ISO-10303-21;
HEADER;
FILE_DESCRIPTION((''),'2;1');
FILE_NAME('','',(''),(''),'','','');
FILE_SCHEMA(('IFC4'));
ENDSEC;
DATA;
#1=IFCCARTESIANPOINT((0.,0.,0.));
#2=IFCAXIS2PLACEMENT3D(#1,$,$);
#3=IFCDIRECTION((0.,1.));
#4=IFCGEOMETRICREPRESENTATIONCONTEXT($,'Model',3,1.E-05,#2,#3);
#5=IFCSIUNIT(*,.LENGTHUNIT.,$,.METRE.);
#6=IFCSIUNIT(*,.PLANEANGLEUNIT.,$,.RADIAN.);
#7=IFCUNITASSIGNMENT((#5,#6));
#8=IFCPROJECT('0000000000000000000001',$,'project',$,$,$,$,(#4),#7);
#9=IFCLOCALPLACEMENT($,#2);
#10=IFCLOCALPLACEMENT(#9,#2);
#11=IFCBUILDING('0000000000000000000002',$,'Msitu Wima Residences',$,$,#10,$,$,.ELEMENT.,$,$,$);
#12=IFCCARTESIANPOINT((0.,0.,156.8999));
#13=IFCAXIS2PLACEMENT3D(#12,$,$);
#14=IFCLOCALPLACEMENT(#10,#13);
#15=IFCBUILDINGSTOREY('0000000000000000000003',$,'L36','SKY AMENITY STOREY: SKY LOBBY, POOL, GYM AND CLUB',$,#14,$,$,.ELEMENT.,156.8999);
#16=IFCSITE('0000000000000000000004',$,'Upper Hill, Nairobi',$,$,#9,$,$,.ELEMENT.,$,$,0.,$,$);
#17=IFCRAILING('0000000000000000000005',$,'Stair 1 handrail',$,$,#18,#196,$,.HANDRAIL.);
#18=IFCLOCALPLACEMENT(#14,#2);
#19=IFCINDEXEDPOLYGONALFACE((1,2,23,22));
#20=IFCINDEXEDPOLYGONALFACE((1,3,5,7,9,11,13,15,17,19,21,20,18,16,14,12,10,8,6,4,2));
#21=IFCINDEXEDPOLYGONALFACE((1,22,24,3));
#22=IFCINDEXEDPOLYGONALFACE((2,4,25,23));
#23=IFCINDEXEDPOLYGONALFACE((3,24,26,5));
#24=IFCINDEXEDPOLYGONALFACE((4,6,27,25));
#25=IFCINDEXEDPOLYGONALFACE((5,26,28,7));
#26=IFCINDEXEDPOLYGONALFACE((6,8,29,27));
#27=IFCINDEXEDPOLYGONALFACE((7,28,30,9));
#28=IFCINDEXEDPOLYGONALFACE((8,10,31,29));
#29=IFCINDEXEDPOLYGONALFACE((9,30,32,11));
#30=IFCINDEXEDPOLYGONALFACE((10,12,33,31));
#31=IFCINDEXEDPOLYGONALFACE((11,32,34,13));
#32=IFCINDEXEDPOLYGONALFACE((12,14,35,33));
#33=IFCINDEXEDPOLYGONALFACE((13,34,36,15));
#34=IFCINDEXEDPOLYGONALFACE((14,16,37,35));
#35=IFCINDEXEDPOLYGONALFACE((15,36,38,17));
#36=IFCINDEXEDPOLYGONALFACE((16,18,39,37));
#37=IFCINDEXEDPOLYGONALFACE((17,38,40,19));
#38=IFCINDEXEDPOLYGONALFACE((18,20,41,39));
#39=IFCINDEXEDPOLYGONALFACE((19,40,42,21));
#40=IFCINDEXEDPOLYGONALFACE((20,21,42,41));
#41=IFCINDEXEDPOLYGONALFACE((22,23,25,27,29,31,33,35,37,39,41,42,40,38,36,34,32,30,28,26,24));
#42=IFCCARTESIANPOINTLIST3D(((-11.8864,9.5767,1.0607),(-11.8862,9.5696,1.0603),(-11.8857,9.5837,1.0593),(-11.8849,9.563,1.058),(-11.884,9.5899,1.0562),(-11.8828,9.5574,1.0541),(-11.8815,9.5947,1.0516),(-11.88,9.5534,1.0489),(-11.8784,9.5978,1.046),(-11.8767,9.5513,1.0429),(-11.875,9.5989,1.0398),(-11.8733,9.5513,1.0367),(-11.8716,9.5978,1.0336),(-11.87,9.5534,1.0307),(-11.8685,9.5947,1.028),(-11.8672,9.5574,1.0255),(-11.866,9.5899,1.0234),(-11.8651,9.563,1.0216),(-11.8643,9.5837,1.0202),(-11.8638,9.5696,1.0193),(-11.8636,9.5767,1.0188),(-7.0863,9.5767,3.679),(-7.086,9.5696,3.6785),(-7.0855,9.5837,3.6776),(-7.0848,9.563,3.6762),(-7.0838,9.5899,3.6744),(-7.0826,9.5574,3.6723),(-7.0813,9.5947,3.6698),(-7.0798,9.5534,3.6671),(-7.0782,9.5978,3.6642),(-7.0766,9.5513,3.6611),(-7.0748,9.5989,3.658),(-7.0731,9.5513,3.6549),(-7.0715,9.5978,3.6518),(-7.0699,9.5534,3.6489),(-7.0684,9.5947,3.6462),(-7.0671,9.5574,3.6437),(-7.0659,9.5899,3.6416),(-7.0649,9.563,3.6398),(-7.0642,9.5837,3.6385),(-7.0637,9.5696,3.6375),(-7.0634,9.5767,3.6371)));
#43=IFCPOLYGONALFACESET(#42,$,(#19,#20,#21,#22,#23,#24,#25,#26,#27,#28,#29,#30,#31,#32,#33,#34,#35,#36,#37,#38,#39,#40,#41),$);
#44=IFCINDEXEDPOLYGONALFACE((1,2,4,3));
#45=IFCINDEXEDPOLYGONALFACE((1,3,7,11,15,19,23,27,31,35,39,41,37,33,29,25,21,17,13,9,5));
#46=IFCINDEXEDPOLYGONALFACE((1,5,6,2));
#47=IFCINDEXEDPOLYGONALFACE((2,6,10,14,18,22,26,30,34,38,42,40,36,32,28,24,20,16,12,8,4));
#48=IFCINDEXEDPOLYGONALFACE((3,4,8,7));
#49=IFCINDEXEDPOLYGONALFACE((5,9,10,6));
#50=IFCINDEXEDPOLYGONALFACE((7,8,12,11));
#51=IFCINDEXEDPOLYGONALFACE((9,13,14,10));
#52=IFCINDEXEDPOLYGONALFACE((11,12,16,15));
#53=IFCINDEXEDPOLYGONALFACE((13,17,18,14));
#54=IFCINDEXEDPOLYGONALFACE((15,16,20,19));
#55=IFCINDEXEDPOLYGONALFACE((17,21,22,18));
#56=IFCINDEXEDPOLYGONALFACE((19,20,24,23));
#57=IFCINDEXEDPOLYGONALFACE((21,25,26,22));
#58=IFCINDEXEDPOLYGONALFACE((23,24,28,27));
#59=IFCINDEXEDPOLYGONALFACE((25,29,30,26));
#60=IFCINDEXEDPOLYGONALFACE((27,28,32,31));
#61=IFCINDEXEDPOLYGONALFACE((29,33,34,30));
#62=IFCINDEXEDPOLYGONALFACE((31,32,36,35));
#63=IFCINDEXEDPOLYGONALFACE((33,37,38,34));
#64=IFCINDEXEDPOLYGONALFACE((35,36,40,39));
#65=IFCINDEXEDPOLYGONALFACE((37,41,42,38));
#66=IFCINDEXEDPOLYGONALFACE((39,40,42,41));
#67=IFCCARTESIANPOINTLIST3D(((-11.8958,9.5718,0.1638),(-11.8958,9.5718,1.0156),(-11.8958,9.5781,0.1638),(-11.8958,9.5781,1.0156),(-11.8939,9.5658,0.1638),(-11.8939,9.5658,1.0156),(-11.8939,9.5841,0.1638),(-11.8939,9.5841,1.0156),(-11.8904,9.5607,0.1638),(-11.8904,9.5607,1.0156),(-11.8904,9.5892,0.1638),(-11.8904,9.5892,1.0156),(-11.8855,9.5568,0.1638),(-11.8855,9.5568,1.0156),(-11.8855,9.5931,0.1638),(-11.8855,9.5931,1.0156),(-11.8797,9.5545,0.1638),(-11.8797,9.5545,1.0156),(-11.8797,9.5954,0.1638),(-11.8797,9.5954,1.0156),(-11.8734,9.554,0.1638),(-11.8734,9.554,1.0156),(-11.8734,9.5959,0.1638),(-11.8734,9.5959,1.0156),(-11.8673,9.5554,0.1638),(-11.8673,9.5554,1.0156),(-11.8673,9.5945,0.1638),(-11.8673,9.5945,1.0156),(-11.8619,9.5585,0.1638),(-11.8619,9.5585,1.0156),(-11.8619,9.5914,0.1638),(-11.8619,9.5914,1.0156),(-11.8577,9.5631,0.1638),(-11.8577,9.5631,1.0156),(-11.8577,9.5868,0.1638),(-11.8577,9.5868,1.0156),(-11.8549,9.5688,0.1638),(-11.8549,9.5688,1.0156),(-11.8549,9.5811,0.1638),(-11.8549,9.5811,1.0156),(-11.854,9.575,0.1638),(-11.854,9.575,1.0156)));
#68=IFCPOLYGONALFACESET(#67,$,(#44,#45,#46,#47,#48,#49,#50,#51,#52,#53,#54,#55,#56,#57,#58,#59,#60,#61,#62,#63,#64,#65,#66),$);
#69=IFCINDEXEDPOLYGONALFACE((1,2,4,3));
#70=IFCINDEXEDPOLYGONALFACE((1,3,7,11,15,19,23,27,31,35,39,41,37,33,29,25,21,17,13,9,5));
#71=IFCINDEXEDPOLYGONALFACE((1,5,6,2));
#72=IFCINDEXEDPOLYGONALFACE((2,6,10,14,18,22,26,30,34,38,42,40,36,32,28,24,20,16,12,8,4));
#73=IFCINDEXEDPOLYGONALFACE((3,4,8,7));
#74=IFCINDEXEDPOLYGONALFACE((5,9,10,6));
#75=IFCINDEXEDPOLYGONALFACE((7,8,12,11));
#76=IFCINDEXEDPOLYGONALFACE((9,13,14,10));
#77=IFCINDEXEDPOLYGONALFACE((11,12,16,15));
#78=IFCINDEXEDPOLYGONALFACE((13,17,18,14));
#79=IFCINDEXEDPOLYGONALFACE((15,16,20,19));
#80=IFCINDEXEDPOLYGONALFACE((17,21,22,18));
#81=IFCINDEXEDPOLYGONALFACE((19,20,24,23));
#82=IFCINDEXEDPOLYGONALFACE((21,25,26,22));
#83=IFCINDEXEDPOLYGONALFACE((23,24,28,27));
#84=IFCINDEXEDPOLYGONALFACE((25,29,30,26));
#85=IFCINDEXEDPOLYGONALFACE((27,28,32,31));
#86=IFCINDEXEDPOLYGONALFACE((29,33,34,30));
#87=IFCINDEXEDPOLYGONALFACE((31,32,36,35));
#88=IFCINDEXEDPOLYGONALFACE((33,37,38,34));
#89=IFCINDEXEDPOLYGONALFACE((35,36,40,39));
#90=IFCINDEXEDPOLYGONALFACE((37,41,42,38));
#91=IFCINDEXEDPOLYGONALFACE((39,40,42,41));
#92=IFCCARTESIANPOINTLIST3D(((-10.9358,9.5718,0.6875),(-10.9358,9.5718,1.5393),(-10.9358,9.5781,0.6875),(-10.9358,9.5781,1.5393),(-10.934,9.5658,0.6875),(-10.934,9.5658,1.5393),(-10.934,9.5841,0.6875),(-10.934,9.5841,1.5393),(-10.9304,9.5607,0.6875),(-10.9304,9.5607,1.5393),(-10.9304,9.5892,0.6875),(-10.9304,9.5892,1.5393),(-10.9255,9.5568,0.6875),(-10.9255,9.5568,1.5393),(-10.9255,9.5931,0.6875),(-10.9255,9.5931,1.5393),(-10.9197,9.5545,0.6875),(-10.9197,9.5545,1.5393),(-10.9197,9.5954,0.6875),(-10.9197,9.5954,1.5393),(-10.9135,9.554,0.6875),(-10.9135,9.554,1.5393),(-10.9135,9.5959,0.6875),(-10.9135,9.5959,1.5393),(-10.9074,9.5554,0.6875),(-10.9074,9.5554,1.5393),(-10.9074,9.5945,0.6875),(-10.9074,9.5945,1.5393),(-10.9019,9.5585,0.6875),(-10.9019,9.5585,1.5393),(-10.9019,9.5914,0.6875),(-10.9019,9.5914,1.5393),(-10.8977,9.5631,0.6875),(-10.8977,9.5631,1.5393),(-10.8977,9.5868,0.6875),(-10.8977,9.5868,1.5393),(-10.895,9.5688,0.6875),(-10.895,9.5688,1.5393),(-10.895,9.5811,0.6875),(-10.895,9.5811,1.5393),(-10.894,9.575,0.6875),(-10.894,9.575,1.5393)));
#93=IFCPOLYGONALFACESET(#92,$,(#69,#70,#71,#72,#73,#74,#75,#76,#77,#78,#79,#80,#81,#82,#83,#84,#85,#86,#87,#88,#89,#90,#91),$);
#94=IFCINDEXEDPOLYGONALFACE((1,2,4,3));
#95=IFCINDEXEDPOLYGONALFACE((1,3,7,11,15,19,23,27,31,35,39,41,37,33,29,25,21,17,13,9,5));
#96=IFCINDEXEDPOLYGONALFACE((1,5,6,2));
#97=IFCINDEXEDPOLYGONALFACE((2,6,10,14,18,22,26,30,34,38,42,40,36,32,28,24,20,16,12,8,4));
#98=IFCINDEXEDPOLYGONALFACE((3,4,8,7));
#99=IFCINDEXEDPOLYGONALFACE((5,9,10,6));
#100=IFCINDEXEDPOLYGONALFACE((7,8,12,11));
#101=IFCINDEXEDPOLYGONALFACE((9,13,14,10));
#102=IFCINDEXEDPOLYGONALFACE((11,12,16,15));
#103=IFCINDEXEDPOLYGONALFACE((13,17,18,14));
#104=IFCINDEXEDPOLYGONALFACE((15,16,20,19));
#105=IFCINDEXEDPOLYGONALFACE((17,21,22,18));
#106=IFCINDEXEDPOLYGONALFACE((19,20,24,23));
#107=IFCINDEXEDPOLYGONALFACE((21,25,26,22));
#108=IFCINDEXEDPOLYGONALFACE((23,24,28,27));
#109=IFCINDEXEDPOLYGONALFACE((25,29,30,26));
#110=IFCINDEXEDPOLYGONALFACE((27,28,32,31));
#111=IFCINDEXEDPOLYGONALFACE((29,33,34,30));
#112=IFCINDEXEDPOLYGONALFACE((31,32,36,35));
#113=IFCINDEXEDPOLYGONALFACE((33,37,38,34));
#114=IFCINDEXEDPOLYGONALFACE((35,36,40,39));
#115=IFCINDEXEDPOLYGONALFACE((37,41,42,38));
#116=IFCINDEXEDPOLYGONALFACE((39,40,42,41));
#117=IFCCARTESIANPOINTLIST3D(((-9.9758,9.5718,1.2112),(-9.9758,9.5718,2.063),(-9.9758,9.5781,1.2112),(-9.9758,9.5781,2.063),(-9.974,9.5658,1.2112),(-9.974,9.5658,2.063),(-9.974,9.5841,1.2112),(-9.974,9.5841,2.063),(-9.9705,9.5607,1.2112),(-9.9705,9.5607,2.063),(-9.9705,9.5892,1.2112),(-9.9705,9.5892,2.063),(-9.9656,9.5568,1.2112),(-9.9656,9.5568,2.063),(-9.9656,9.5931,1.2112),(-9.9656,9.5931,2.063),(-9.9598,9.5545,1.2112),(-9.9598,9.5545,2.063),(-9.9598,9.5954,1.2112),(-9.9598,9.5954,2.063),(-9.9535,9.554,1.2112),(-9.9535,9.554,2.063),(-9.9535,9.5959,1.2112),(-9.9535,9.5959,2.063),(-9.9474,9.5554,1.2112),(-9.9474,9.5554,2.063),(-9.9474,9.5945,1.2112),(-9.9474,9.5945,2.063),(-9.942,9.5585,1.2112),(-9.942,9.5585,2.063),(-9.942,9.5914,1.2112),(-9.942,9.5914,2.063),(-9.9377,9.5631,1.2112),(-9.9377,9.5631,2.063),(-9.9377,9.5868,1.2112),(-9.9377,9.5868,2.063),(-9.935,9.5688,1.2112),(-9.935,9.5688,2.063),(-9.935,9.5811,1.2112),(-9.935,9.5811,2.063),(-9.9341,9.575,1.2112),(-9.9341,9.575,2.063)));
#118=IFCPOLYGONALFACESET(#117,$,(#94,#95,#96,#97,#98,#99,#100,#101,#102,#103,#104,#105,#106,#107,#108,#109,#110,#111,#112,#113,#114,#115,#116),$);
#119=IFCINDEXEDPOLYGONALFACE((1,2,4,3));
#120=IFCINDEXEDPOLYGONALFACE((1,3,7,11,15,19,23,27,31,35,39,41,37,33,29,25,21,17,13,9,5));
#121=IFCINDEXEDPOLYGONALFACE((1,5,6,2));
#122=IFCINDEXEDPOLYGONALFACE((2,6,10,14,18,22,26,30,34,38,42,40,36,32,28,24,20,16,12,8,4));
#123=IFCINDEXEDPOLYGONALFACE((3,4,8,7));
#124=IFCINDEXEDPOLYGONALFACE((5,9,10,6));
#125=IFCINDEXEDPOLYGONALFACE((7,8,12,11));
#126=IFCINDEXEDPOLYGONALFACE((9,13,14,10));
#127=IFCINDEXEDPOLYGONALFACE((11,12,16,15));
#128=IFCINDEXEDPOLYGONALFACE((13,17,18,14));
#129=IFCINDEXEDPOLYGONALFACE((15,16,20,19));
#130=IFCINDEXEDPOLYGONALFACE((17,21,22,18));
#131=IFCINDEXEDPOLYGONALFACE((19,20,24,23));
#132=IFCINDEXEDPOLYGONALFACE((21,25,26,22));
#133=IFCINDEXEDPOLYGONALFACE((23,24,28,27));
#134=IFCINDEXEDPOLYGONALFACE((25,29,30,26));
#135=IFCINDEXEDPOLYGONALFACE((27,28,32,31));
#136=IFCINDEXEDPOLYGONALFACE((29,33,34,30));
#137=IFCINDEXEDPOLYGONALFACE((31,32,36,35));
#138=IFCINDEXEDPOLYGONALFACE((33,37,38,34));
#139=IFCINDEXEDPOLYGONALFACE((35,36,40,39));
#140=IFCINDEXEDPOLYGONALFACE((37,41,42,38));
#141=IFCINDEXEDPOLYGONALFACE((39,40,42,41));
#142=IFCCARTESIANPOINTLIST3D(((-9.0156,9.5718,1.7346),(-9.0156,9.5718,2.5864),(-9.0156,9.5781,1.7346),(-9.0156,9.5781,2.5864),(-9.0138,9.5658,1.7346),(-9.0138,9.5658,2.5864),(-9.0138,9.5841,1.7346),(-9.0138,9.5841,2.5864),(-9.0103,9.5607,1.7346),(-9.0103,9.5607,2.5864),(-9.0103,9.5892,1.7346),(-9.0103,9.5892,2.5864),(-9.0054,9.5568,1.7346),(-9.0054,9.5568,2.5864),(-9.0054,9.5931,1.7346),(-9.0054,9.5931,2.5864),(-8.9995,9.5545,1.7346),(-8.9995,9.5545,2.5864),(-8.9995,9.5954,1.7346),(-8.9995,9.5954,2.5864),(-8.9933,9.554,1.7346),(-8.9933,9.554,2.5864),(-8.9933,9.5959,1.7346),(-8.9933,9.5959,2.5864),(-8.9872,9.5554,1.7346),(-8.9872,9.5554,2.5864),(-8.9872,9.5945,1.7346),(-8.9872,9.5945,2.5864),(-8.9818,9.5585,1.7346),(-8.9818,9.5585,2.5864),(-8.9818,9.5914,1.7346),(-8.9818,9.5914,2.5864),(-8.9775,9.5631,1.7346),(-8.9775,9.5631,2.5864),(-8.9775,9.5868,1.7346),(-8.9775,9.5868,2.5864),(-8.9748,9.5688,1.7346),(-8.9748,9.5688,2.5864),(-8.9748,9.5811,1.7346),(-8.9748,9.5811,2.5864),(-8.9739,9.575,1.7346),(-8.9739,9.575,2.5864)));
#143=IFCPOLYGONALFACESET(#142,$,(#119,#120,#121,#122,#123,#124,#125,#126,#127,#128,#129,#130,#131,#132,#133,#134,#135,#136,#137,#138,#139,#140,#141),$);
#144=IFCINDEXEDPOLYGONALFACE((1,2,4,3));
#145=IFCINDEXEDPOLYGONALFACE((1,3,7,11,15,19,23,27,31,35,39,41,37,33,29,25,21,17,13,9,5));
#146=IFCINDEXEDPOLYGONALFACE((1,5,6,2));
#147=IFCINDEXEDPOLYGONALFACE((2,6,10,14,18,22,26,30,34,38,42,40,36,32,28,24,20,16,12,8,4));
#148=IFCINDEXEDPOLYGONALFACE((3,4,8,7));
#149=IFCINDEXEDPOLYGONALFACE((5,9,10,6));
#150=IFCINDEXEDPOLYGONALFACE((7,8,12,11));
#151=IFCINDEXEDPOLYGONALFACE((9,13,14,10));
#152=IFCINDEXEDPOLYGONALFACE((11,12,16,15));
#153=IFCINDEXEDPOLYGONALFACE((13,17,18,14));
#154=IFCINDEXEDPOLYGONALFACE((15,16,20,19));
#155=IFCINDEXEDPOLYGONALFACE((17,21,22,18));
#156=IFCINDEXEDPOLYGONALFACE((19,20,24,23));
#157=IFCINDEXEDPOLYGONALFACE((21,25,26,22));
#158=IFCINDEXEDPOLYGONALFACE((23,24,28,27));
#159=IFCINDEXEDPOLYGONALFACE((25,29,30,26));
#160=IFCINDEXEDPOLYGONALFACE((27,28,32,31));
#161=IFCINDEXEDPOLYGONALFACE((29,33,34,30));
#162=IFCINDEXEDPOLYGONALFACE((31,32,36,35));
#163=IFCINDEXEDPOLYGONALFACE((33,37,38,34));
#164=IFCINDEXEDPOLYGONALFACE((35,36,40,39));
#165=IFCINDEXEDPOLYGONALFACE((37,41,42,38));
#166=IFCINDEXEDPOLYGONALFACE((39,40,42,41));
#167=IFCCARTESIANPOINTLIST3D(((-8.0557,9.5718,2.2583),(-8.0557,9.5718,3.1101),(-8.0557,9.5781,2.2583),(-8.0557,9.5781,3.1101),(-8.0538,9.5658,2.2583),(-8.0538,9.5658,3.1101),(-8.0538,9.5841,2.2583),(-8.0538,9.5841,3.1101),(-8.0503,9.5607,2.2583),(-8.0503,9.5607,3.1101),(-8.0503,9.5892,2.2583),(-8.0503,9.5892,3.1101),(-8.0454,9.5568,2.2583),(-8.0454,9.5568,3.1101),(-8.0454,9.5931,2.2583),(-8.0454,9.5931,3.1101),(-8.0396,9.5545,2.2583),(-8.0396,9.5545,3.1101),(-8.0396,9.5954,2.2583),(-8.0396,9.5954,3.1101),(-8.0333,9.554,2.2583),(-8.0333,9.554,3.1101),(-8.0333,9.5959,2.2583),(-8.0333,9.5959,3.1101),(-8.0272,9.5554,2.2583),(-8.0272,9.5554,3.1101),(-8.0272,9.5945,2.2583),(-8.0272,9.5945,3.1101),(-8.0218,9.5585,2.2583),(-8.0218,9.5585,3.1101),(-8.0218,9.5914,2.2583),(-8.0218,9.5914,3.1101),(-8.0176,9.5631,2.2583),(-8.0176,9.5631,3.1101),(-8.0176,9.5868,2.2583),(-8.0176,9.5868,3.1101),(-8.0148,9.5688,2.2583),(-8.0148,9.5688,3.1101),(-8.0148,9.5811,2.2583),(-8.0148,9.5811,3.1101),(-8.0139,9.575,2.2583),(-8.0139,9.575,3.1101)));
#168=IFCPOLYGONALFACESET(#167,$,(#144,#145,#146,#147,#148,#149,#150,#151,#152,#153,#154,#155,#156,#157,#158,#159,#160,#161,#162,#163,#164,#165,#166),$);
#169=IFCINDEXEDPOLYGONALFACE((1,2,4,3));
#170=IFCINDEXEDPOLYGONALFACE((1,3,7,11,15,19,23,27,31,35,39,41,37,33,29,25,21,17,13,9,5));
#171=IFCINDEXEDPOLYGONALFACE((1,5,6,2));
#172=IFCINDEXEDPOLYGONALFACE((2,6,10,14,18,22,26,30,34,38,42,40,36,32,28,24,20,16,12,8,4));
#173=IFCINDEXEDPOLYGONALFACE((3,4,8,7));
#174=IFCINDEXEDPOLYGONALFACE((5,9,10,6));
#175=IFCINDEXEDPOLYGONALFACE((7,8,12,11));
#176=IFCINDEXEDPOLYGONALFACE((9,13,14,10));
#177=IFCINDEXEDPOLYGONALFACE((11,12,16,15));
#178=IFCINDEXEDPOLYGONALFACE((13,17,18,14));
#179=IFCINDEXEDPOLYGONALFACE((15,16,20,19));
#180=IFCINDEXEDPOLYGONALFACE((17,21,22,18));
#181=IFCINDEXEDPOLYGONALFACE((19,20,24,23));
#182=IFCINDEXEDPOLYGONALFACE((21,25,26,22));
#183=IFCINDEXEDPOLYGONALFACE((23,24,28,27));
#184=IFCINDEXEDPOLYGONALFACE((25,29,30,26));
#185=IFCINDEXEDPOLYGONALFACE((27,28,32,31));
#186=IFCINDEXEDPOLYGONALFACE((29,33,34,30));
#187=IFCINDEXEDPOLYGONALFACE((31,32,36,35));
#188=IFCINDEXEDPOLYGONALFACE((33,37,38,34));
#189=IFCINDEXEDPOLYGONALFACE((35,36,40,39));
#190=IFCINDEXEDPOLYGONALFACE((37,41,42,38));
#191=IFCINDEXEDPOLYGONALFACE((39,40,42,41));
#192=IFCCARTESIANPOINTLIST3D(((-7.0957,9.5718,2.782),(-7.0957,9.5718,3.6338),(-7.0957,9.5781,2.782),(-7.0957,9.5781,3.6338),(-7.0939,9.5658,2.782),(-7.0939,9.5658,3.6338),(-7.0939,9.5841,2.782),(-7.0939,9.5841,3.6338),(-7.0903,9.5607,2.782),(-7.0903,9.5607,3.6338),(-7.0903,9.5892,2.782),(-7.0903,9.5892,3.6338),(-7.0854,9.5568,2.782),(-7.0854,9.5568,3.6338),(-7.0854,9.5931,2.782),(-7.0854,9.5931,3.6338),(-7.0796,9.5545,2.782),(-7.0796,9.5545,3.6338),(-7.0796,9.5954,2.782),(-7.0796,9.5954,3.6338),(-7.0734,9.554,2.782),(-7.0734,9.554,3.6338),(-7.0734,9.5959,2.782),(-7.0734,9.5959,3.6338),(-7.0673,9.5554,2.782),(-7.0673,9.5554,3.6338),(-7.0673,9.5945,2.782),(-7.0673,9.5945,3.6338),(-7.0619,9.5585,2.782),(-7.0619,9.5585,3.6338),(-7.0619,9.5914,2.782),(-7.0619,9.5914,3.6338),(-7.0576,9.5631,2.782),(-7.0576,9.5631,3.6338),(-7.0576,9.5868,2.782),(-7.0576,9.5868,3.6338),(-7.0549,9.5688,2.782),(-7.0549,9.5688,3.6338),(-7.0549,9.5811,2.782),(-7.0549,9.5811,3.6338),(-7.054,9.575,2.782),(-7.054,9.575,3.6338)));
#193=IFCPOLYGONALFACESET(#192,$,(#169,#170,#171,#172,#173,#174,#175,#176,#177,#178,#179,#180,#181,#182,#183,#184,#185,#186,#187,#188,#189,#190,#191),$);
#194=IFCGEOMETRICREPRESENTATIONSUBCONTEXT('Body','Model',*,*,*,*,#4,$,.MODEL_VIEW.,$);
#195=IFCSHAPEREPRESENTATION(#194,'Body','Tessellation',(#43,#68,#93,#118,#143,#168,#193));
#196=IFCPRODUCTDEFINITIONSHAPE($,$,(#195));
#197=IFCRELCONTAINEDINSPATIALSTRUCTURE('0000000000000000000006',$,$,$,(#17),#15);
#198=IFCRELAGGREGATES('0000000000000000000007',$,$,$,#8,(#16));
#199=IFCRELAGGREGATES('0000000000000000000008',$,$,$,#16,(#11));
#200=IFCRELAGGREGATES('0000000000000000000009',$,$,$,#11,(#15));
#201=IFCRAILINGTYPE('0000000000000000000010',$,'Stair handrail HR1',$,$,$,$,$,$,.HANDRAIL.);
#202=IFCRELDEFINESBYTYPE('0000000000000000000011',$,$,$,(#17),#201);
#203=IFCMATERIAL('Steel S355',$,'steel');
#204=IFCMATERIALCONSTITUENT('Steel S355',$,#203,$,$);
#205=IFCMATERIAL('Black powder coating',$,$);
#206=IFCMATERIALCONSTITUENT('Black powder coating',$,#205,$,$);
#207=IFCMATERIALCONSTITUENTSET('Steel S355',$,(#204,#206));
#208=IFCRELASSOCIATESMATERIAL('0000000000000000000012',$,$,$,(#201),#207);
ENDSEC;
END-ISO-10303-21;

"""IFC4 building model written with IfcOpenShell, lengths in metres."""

from ifc_helpers import new_model, si_unit, direction, frame, origin, origin_2d, place, context, subcontext, project, spatial, circle, extrude, material, constituent, constituent_set, type_object, element, save


model = new_model("IFC4")

# Units and contexts
model_context = context("Model", 3, precision=1e-05, world=origin(), true_north=direction((0.0, 1.0)))
body_context = subcontext(model_context, "Body", "Model", "MODEL_VIEW")
ifc_project = project(units=[si_unit("LENGTHUNIT", "METRE"), si_unit("PLANEANGLEUNIT", "RADIAN")], contexts=[model_context])

# Site, building, storey
site_placement = place(None, origin())
site = spatial("IfcSite", under=ifc_project, at=site_placement, Name="Upper Hill, Nairobi", CompositionType="ELEMENT", RefElevation=0.0)
building_placement = place(site_placement, origin())
building = spatial("IfcBuilding", under=site, at=building_placement, Name="Msitu Wima Residences", CompositionType="ELEMENT")
storey_placement = place(building_placement, frame((0.0, 0.0, 156.8999)))
storey = spatial("IfcBuildingStorey", under=building, at=storey_placement, Name="L36", Description="SKY AMENITY STOREY: SKY LOBBY, POOL, GYM AND CLUB", CompositionType="ELEMENT", Elevation=156.8999)

# Railing
ifc_material_1 = material(Name="Steel S355", Category="steel")
ifc_constituent_1 = constituent(ifc_material_1, Name="Steel S355")
ifc_material_2 = material(Name="Black powder coating")
ifc_constituent_2 = constituent(ifc_material_2, Name="Black powder coating")
ifc_constituent_set = constituent_set(constituents=[ifc_constituent_1, ifc_constituent_2], Name="Steel S355")
railing_type = type_object("IfcRailingType", Name="Stair handrail HR1", PredefinedType="HANDRAIL", material=ifc_constituent_set)
for number, where, name in (
    (1, (-11.875, 9.575, 0.1638), "Stair 1 handrail"),
):
    element("IfcRailing", number, at=place(storey_placement, frame(where)), inside=storey, type_object=railing_type, Name=name, PredefinedType="HANDRAIL", context=body_context, shape_type="SweptSolid", body=[
        extrude(circle(Radius=0.0239, at=origin_2d()), frame((0.0, 0.0, 0.876), z_axis=(0.877899, 0.0, 0.478846), x_axis=(0.0, 1.0, 0.0)), (0.0, 0.0, 1.0), 5.4678),
        extrude(circle(Radius=0.021, at=origin_2d()), origin(), (0.0, 0.0, 1.0), 0.8518),
        extrude(circle(Radius=0.021, at=origin_2d()), frame((0.96, 0.0, 0.5237)), (0.0, 0.0, 1.0), 0.8518),
        extrude(circle(Radius=0.021, at=origin_2d()), frame((1.9199, 0.0, 1.0474)), (0.0, 0.0, 1.0), 0.8518),
        extrude(circle(Radius=0.021, at=origin_2d()), frame((2.8801, 0.0, 1.5708)), (0.0, 0.0, 1.0), 0.8518),
        extrude(circle(Radius=0.021, at=origin_2d()), frame((3.8401, 0.0, 2.0945)), (0.0, 0.0, 1.0), 0.8518),
        extrude(circle(Radius=0.021, at=origin_2d()), frame((4.8, 0.0, 2.6182)), (0.0, 0.0, 1.0), 0.8518),
    ])

save(model, "model.ifc")
